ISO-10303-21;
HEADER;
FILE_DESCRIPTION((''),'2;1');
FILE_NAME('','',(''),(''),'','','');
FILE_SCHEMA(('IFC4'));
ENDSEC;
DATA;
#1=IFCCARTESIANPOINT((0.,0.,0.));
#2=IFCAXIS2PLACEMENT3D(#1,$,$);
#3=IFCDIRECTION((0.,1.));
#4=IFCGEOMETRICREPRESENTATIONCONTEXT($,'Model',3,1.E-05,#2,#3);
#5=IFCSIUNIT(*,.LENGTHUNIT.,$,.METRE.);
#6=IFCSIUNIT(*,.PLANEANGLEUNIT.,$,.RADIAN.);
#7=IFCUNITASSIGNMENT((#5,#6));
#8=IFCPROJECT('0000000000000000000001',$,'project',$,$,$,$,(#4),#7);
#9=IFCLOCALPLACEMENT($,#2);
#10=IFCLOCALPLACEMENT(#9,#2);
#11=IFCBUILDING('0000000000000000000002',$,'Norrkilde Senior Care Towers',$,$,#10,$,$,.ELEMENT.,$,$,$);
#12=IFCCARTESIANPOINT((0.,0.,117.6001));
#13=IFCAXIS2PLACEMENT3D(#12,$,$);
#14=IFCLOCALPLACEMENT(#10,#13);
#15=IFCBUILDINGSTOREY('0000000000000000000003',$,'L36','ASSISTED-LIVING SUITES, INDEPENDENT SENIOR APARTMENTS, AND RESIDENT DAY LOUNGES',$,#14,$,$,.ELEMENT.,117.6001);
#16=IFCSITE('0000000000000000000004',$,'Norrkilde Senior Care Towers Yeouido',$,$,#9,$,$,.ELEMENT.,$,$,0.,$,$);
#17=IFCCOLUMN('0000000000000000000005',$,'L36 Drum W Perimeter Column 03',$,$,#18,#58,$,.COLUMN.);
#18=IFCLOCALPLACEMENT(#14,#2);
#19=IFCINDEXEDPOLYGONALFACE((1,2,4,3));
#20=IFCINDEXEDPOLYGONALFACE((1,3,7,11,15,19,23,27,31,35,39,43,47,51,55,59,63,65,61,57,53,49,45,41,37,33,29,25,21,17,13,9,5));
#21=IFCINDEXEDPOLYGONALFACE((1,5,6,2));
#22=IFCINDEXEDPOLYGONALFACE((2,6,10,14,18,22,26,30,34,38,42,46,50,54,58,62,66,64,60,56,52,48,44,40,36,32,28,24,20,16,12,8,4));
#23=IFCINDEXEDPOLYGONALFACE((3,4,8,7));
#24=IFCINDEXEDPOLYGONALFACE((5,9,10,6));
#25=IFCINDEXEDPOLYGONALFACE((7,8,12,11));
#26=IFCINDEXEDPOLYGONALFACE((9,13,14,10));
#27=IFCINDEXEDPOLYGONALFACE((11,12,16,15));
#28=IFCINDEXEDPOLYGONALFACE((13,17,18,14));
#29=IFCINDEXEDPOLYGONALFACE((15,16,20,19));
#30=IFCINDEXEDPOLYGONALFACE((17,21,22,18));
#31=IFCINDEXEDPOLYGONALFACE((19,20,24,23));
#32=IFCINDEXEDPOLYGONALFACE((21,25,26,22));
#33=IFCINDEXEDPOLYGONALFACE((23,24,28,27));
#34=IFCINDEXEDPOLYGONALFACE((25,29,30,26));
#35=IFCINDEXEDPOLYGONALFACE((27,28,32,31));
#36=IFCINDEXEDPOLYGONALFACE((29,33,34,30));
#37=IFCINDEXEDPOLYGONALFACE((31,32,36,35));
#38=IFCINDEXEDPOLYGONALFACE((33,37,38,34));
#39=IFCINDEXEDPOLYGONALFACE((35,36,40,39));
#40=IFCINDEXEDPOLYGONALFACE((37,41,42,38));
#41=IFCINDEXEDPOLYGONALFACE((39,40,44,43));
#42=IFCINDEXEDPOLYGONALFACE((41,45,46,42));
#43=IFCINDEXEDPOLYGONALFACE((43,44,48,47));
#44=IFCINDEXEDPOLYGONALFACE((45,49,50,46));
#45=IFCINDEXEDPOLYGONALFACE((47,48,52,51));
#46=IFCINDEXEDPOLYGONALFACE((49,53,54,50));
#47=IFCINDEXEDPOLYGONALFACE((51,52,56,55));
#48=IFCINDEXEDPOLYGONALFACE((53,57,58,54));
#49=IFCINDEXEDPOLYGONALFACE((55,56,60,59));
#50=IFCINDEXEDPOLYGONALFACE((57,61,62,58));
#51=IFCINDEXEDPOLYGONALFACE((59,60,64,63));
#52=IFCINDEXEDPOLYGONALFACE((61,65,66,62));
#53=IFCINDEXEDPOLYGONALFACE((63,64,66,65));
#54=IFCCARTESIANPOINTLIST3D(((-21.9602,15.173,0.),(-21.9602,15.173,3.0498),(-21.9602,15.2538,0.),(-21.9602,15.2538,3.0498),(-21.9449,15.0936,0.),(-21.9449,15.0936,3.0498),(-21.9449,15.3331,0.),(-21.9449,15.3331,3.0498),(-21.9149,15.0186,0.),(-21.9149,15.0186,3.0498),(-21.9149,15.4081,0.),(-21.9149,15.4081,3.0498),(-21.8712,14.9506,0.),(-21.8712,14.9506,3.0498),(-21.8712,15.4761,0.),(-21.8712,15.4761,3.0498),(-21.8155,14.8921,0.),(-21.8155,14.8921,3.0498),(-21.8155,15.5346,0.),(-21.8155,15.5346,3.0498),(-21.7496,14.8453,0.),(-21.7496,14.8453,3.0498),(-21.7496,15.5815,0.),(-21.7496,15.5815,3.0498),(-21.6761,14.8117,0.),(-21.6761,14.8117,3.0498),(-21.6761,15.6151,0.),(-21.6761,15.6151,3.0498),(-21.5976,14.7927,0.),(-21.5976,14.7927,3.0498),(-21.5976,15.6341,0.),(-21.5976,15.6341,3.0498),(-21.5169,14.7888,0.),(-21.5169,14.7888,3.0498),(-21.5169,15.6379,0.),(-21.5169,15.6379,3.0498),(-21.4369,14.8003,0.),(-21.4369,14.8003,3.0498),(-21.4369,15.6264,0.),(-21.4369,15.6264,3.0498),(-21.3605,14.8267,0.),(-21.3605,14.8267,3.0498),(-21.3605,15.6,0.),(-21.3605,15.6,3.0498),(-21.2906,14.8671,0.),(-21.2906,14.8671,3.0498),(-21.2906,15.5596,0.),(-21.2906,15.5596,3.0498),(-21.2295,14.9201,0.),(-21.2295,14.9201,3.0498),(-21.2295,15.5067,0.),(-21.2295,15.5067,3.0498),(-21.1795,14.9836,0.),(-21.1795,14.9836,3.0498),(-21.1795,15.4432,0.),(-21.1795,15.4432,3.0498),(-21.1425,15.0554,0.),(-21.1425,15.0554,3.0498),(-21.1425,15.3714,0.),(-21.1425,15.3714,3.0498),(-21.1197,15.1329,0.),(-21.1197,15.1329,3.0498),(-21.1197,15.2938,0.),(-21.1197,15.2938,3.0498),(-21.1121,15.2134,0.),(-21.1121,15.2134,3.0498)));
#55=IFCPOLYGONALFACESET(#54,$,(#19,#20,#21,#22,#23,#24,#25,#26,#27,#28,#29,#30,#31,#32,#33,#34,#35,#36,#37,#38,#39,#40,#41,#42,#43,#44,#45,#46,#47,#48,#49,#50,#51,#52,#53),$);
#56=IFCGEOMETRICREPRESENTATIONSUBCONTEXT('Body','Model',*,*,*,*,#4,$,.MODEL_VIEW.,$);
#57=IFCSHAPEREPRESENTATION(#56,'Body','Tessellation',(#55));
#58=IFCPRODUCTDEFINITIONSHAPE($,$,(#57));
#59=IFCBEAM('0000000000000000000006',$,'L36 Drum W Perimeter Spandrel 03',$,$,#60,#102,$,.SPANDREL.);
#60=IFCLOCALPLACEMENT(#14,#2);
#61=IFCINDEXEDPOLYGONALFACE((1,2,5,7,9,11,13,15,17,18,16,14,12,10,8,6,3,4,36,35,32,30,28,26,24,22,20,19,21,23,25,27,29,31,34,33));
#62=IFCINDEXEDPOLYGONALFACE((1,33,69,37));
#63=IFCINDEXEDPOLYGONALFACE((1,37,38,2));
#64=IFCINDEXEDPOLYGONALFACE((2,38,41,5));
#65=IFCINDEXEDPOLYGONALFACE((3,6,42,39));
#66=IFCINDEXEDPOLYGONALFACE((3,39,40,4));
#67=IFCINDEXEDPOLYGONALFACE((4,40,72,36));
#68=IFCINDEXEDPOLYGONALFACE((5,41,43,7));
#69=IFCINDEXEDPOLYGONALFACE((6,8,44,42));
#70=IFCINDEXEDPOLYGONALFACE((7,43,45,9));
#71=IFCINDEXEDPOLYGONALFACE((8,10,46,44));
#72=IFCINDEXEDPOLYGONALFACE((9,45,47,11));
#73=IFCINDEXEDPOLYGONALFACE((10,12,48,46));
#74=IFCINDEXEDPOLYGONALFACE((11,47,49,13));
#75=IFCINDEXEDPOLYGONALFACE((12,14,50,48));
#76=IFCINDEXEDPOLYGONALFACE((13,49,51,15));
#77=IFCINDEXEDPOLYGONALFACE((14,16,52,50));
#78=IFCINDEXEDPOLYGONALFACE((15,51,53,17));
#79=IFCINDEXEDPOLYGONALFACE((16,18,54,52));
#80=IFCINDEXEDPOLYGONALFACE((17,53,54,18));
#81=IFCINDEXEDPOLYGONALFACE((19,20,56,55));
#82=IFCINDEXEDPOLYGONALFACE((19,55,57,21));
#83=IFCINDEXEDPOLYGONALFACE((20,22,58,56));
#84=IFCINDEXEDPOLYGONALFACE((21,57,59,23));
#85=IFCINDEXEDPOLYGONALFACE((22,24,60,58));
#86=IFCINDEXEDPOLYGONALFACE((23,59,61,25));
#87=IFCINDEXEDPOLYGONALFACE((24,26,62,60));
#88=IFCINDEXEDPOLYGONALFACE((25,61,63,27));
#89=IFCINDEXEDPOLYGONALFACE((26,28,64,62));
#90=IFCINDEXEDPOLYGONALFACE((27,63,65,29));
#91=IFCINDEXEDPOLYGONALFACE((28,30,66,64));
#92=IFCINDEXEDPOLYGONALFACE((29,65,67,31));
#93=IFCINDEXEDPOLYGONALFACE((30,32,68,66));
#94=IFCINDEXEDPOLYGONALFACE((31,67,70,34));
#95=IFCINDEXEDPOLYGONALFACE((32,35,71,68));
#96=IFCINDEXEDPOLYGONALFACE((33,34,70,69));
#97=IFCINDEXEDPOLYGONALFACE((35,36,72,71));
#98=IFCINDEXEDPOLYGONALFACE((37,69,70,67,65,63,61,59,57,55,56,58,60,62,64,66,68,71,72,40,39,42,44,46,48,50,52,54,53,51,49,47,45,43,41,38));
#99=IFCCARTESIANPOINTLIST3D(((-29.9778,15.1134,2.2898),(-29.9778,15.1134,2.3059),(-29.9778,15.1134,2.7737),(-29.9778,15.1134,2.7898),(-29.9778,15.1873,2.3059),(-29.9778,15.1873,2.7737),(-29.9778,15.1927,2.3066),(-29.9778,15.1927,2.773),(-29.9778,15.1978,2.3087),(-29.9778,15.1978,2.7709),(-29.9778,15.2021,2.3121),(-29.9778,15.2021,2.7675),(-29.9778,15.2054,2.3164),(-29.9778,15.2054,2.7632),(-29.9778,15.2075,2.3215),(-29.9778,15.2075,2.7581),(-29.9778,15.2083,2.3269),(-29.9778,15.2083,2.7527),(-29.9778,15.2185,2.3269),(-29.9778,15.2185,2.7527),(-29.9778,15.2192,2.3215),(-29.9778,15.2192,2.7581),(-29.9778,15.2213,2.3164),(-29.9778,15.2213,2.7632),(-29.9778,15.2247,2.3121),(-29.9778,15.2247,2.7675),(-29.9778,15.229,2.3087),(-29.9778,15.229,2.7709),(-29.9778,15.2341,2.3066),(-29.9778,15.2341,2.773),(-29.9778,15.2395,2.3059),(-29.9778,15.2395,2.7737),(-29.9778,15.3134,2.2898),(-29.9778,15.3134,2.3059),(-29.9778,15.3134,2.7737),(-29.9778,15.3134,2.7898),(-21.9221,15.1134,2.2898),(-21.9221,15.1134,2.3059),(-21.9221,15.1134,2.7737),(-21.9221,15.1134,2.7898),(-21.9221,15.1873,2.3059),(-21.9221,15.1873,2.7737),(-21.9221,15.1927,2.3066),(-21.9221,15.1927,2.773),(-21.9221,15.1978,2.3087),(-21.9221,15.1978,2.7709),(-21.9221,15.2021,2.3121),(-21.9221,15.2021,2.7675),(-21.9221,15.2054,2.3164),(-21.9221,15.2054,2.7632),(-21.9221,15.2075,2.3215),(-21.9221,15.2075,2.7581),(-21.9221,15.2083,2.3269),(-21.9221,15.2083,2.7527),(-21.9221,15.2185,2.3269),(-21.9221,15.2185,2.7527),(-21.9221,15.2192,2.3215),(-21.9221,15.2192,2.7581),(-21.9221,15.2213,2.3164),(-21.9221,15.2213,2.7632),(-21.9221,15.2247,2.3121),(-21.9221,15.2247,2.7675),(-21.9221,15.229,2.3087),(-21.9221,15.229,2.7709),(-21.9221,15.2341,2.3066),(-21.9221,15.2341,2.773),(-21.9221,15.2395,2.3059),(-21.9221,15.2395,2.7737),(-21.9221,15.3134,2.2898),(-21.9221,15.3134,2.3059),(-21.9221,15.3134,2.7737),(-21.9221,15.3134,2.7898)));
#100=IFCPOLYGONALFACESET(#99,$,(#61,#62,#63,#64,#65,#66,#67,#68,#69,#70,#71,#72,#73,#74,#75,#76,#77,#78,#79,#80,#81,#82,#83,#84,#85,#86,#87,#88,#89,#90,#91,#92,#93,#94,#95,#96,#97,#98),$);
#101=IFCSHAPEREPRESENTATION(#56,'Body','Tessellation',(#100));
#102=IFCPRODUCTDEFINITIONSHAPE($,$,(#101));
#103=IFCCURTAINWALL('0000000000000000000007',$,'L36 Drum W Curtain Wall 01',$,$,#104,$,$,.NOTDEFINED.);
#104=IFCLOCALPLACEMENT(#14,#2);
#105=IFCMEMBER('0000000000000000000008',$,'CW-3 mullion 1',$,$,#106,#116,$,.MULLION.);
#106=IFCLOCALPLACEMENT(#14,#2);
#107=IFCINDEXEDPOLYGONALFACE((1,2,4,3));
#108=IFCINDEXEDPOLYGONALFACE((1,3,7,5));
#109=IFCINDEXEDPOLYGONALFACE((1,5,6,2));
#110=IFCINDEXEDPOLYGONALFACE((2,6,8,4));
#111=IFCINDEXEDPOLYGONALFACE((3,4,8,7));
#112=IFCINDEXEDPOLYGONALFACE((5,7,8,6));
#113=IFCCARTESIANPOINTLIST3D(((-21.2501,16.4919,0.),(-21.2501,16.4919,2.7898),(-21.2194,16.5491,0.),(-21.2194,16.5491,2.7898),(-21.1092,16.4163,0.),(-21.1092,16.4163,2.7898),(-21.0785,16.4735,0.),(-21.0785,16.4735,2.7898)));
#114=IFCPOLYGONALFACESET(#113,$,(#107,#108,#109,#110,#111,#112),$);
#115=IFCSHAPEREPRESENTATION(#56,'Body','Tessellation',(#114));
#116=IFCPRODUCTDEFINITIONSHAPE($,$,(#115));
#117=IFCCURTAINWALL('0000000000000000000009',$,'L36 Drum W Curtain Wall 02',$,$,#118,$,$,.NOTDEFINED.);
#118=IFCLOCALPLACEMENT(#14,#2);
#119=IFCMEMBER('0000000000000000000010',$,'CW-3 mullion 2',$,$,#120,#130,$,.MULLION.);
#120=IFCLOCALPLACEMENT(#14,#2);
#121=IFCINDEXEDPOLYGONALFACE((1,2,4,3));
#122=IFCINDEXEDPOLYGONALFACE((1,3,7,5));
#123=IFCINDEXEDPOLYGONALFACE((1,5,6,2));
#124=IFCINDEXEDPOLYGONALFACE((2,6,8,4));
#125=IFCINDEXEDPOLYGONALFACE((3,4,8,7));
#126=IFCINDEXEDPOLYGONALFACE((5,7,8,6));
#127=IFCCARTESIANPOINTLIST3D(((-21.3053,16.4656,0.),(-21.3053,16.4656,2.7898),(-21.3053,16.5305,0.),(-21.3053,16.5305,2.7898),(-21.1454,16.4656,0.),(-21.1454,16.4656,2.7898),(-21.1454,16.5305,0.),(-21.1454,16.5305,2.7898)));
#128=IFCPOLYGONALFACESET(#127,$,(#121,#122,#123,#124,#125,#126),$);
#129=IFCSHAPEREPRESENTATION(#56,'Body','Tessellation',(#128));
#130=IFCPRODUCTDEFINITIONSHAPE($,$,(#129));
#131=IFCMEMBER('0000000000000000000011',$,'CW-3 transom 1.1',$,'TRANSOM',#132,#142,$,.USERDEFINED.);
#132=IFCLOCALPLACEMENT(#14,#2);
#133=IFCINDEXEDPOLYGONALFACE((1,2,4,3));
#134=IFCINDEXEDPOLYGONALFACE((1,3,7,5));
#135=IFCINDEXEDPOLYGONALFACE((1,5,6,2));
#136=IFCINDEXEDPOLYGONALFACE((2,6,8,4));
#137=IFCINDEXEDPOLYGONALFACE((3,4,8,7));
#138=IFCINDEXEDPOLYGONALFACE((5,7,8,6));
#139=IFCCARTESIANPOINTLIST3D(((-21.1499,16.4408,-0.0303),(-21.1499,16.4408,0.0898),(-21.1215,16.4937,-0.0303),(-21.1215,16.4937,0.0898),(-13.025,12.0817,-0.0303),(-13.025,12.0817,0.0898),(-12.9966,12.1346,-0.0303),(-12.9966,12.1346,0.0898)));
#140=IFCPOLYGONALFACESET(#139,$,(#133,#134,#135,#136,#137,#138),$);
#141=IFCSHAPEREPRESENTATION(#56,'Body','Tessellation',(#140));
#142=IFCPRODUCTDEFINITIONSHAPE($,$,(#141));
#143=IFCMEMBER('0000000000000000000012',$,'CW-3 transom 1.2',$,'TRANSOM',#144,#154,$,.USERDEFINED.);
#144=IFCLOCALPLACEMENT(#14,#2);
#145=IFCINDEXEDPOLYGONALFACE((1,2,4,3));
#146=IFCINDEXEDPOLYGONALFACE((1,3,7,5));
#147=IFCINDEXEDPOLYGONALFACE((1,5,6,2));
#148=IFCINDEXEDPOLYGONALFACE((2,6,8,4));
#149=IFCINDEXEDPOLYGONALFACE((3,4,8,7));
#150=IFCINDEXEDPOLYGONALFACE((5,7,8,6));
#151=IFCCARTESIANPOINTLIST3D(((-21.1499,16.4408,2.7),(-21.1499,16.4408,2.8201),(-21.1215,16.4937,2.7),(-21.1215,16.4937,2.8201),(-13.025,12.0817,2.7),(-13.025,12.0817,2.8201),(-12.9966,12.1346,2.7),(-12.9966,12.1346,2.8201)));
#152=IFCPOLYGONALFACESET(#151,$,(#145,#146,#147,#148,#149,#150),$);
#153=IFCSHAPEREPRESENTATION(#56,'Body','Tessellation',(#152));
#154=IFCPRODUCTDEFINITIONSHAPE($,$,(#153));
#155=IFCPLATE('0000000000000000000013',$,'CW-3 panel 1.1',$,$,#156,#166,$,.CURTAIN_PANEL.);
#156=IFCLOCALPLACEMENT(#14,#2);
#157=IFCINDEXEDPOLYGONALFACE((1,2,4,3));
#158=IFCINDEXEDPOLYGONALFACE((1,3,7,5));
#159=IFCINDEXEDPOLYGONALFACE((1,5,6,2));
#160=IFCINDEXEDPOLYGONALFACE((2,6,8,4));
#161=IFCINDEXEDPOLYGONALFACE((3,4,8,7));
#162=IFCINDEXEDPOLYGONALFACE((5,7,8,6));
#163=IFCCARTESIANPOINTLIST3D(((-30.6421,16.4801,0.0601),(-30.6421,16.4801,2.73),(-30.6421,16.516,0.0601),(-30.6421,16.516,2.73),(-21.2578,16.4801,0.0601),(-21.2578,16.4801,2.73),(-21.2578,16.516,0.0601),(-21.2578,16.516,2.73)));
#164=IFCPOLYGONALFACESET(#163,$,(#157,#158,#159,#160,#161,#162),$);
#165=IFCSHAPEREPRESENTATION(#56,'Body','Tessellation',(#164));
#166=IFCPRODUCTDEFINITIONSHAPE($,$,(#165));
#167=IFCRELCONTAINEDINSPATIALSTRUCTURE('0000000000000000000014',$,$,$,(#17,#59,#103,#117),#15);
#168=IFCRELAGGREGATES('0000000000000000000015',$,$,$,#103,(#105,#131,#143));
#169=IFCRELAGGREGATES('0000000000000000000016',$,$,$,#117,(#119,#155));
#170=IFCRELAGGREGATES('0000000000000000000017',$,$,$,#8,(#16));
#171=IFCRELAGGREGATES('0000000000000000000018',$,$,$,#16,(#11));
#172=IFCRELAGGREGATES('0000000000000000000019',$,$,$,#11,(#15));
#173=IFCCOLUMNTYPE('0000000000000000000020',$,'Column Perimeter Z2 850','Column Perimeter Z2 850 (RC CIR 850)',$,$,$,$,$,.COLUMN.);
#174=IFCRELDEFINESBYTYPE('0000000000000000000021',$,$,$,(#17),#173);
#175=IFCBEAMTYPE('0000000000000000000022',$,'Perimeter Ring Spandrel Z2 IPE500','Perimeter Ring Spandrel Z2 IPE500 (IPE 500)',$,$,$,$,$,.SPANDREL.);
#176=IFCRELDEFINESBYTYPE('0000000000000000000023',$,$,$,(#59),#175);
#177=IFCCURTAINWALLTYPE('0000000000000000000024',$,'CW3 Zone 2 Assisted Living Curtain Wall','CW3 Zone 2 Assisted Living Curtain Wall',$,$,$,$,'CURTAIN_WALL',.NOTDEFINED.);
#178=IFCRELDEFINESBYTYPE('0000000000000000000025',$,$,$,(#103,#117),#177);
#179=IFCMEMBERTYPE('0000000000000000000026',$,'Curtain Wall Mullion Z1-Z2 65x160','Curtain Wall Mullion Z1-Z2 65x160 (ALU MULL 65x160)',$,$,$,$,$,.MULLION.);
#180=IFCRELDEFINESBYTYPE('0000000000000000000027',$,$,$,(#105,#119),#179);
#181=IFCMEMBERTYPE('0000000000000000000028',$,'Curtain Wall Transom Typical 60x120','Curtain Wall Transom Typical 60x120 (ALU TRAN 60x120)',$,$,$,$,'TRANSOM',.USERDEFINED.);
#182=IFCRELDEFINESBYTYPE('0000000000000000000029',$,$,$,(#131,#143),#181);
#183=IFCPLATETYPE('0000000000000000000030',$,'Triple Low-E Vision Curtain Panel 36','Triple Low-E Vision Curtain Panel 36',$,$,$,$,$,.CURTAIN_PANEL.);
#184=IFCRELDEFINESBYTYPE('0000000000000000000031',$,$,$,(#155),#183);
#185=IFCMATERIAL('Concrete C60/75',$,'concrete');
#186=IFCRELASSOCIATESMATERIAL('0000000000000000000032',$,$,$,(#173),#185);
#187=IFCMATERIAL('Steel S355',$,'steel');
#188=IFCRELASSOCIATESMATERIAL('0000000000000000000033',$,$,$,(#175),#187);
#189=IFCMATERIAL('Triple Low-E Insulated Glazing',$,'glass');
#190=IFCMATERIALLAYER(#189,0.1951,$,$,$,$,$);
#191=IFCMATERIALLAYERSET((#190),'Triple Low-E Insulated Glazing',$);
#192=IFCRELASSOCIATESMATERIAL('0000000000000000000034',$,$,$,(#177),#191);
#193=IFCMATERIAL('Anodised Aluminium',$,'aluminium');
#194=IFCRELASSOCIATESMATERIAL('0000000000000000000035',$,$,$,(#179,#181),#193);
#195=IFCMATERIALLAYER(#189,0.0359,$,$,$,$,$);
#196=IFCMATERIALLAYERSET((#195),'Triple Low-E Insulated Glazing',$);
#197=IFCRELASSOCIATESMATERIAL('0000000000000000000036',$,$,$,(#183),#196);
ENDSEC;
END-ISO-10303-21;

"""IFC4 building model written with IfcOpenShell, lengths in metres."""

from ifc_helpers import new_model, si_unit, direction, frame, origin, origin_2d, place, context, subcontext, project, spatial, rectangle, circle, i_section, extrude, source, transform, mapped, material, layer, layer_set, material_profile, profile_set, type_object, type_shapes, element, aggregate, save


model = new_model("IFC4")

# Units and contexts
model_context = context("Model", 3, precision=1e-05, world=origin(), true_north=direction((0.0, 1.0)))
body_context = subcontext(model_context, "Body", "Model", "MODEL_VIEW")
ifc_project = project(units=[si_unit("LENGTHUNIT", "METRE"), si_unit("PLANEANGLEUNIT", "RADIAN")], contexts=[model_context])

# Site, building, storey
site_placement = place(None, origin())
site = spatial("IfcSite", under=ifc_project, at=site_placement, Name="Norrkilde Senior Care Towers Yeouido", CompositionType="ELEMENT", RefElevation=0.0)
building_placement = place(site_placement, origin())
building = spatial("IfcBuilding", under=site, at=building_placement, Name="Norrkilde Senior Care Towers", CompositionType="ELEMENT")
storey_placement = place(building_placement, frame((0.0, 0.0, 117.6001)))
storey = spatial("IfcBuildingStorey", under=building, at=storey_placement, Name="L36", Description="ASSISTED-LIVING SUITES, INDEPENDENT SENIOR APARTMENTS, AND RESIDENT DAY LOUNGES", CompositionType="ELEMENT", Elevation=117.6001)

# Column
ifc_material_1 = material(Name="Concrete C60/75", Category="concrete")
ifc_material_profile_1 = material_profile(ifc_material_1, circle(Radius=0.425, at=origin_2d()), Name="RC CIR 850")
ifc_profile_set_1 = profile_set([ifc_material_profile_1], Name="Concrete C60/75")
column_type = type_object("IfcColumnType", Name="Column Perimeter Z2 850", Description="Column Perimeter Z2 850 (RC CIR 850)", PredefinedType="COLUMN", material=ifc_profile_set_1)
shared_shape_1 = source(origin(), body_context, "Body", "SweptSolid", [
    extrude(circle(Radius=0.425, at=origin_2d()), origin(), (0.0, 0.0, 1.0), 3.0498),
])
type_shapes(column_type, [shared_shape_1])
column_placement = place(storey_placement, frame((-21.5371, 15.2134, 0.0), z_axis=(0.0, 0.0, 1.0), x_axis=(1.0, 0.0, 0.0)))
element("IfcColumn", 1, at=column_placement, inside=storey, type_object=column_type, Name="L36 Drum W Perimeter Column 03", PredefinedType="COLUMN", context=body_context, shape_type="MappedRepresentation", body=[
    mapped(shared_shape_1, transform((0.0, 0.0, 0.0), x_axis=(1.0, 0.0, 0.0), y_axis=(0.0, 1.0, 0.0), z_axis=(0.0, 0.0, 1.0), scale=1.0)),
])

# Beam
ifc_material_2 = material(Name="Steel S355", Category="steel")
ifc_material_profile_2 = material_profile(ifc_material_2, i_section(OverallWidth=0.2, OverallDepth=0.5, WebThickness=0.0103, FlangeThickness=0.0161, FilletRadius=0.021, at=origin_2d()), Name="IPE 500")
ifc_profile_set_2 = profile_set([ifc_material_profile_2], Name="Steel S355")
beam_type = type_object("IfcBeamType", Name="Perimeter Ring Spandrel Z2 IPE500", Description="Perimeter Ring Spandrel Z2 IPE500 (IPE 500)", PredefinedType="SPANDREL", material=ifc_profile_set_2)
shared_shape_2 = source(origin(), body_context, "Body", "SweptSolid", [
    extrude(i_section(OverallWidth=0.2, OverallDepth=0.5, WebThickness=0.0103, FlangeThickness=0.0161, FilletRadius=0.021, at=origin_2d()), origin(), (0.0, 0.0, 1.0), 8.0557),
])
type_shapes(beam_type, [shared_shape_2])
beam_placement = place(storey_placement, frame((-21.9221, 15.2134, 2.5398), z_axis=(-1.0, 0.0, 0.0), x_axis=(0.0, -1.0, 0.0)))
element("IfcBeam", 2, at=beam_placement, inside=storey, type_object=beam_type, Name="L36 Drum W Perimeter Spandrel 03", PredefinedType="SPANDREL", context=body_context, shape_type="MappedRepresentation", body=[
    mapped(shared_shape_2, transform((0.0, 0.0, 0.0), x_axis=(1.0, 0.0, 0.0), y_axis=(0.0, 1.0, 0.0), z_axis=(0.0, 0.0, 1.0), scale=1.0)),
])

# Curtain walls, members
ifc_material_3 = material(Name="Triple Low-E Insulated Glazing", Category="glass")
ifc_layer_1 = layer(ifc_material_3, 0.1951)
ifc_layer_set_1 = layer_set([ifc_layer_1], Name="Triple Low-E Insulated Glazing")
curtain_wall_type = type_object("IfcCurtainWallType", Name="CW3 Zone 2 Assisted Living Curtain Wall", Description="CW3 Zone 2 Assisted Living Curtain Wall", ElementType="CURTAIN_WALL", PredefinedType="NOTDEFINED", material=ifc_layer_set_1)
curtain_wall_1_placement = place(storey_placement, origin())
curtain_wall_1 = element("IfcCurtainWall", 3, at=curtain_wall_1_placement, inside=storey, type_object=curtain_wall_type, Name="L36 Drum W Curtain Wall 01", PredefinedType="NOTDEFINED")
ifc_material_4 = material(Name="Anodised Aluminium", Category="aluminium")
ifc_material_profile_3 = material_profile(ifc_material_4, rectangle(XDim=0.0649, YDim=0.1599, at=origin_2d()), Name="ALU MULL 65x160")
ifc_profile_set_3 = profile_set([ifc_material_profile_3], Name="Anodised Aluminium")
member_type_1 = type_object("IfcMemberType", Name="Curtain Wall Mullion Z1-Z2 65x160", Description="Curtain Wall Mullion Z1-Z2 65x160 (ALU MULL 65x160)", PredefinedType="MULLION", material=ifc_profile_set_3)
shared_shape_3 = source(origin(), body_context, "Body", "SweptSolid", [
    extrude(rectangle(XDim=0.0649, YDim=0.1599, at=origin_2d()), origin(), (0.0, 0.0, 1.0), 2.7898),
])
type_shapes(member_type_1, [shared_shape_3])
member_1_placement = place(storey_placement, frame((-21.1643, 16.4827, 0.0), z_axis=(0.0, 0.0, 1.0), x_axis=(0.472769, 0.881186, 0.0)))
member_1 = element("IfcMember", 4, at=member_1_placement, type_object=member_type_1, Name="CW-3 mullion 1", PredefinedType="MULLION", context=body_context, shape_type="MappedRepresentation", body=[
    mapped(shared_shape_3, transform((0.0, 0.0, 0.0), x_axis=(1.0, 0.0, 0.0), y_axis=(0.0, 1.0, 0.0), z_axis=(0.0, 0.0, 1.0), scale=1.0)),
])
curtain_wall_2_placement = place(storey_placement, origin())
curtain_wall_2 = element("IfcCurtainWall", 5, at=curtain_wall_2_placement, inside=storey, type_object=curtain_wall_type, Name="L36 Drum W Curtain Wall 02", PredefinedType="NOTDEFINED")
member_2_placement = place(storey_placement, frame((-21.2253, 16.498, 0.0), z_axis=(0.0, 0.0, 1.0), x_axis=(0.0, 1.0, 0.0)))
member_2 = element("IfcMember", 6, at=member_2_placement, type_object=member_type_1, Name="CW-3 mullion 2", PredefinedType="MULLION", context=body_context, shape_type="MappedRepresentation", body=[
    mapped(shared_shape_3, transform((0.0, 0.0, 0.0), x_axis=(1.0, 0.0, 0.0), y_axis=(0.0, 1.0, 0.0), z_axis=(0.0, 0.0, 1.0), scale=1.0)),
])

# Members
ifc_material_profile_4 = material_profile(ifc_material_4, rectangle(XDim=0.0601, YDim=0.1201, at=origin_2d()), Name="ALU TRAN 60x120")
ifc_profile_set_4 = profile_set([ifc_material_profile_4], Name="Anodised Aluminium")
member_type_2 = type_object("IfcMemberType", Name="Curtain Wall Transom Typical 60x120", Description="Curtain Wall Transom Typical 60x120 (ALU TRAN 60x120)", ElementType="TRANSOM", PredefinedType="USERDEFINED", material=ifc_profile_set_4)
shared_shape_4 = source(origin(), body_context, "Body", "SweptSolid", [
    extrude(rectangle(XDim=0.0601, YDim=0.1201, at=origin_2d()), origin(), (0.0, 0.0, 1.0), 9.2205),
])
type_shapes(member_type_2, [shared_shape_4])
member_3_placement = place(storey_placement, frame((-21.1357, 16.4673, 0.0298), z_axis=(0.881189, -0.472765, 0.0), x_axis=(0.472765, 0.881189, 0.0)))
member_3 = element("IfcMember", 7, at=member_3_placement, type_object=member_type_2, Name="CW-3 transom 1.1", ObjectType="TRANSOM", PredefinedType="USERDEFINED", context=body_context, shape_type="MappedRepresentation", body=[
    mapped(shared_shape_4, transform((0.0, 0.0, 0.0), x_axis=(1.0, 0.0, 0.0), y_axis=(0.0, 1.0, 0.0), z_axis=(0.0, 0.0, 1.0), scale=1.0)),
])
member_4_placement = place(storey_placement, frame((-21.1357, 16.4673, 2.76), z_axis=(0.881189, -0.472765, 0.0), x_axis=(0.472765, 0.881189, 0.0)))
member_4 = element("IfcMember", 8, at=member_4_placement, type_object=member_type_2, Name="CW-3 transom 1.2", ObjectType="TRANSOM", PredefinedType="USERDEFINED", context=body_context, shape_type="MappedRepresentation", body=[
    mapped(shared_shape_4, transform((0.0, 0.0, 0.0), x_axis=(1.0, 0.0, 0.0), y_axis=(0.0, 1.0, 0.0), z_axis=(0.0, 0.0, 1.0), scale=1.0)),
])
aggregate(curtain_wall_1, [member_1, member_3, member_4])

# Plate
ifc_layer_2 = layer(ifc_material_3, 0.0359)
ifc_layer_set_2 = layer_set([ifc_layer_2], Name="Triple Low-E Insulated Glazing")
plate_type = type_object("IfcPlateType", Name="Triple Low-E Vision Curtain Panel 36", Description="Triple Low-E Vision Curtain Panel 36", PredefinedType="CURTAIN_PANEL", material=ifc_layer_set_2)
shared_shape_5 = source(origin(), body_context, "Body", "SweptSolid", [
    extrude(rectangle(XDim=9.3843, YDim=0.0359, at=origin_2d()), origin(), (0.0, 0.0, 1.0), 2.6699),
])
type_shapes(plate_type, [shared_shape_5])
plate_placement = place(storey_placement, frame((-25.95, 16.498, 0.0601), z_axis=(0.0, 0.0, 1.0), x_axis=(1.0, 0.0, 0.0)))
plate = element("IfcPlate", 9, at=plate_placement, type_object=plate_type, Name="CW-3 panel 1.1", PredefinedType="CURTAIN_PANEL", context=body_context, shape_type="MappedRepresentation", body=[
    mapped(shared_shape_5, transform((0.0, 0.0, 0.0), x_axis=(1.0, 0.0, 0.0), y_axis=(0.0, 1.0, 0.0), z_axis=(0.0, 0.0, 1.0), scale=1.0)),
])
aggregate(curtain_wall_2, [member_2, plate])

save(model, "model.ifc")
